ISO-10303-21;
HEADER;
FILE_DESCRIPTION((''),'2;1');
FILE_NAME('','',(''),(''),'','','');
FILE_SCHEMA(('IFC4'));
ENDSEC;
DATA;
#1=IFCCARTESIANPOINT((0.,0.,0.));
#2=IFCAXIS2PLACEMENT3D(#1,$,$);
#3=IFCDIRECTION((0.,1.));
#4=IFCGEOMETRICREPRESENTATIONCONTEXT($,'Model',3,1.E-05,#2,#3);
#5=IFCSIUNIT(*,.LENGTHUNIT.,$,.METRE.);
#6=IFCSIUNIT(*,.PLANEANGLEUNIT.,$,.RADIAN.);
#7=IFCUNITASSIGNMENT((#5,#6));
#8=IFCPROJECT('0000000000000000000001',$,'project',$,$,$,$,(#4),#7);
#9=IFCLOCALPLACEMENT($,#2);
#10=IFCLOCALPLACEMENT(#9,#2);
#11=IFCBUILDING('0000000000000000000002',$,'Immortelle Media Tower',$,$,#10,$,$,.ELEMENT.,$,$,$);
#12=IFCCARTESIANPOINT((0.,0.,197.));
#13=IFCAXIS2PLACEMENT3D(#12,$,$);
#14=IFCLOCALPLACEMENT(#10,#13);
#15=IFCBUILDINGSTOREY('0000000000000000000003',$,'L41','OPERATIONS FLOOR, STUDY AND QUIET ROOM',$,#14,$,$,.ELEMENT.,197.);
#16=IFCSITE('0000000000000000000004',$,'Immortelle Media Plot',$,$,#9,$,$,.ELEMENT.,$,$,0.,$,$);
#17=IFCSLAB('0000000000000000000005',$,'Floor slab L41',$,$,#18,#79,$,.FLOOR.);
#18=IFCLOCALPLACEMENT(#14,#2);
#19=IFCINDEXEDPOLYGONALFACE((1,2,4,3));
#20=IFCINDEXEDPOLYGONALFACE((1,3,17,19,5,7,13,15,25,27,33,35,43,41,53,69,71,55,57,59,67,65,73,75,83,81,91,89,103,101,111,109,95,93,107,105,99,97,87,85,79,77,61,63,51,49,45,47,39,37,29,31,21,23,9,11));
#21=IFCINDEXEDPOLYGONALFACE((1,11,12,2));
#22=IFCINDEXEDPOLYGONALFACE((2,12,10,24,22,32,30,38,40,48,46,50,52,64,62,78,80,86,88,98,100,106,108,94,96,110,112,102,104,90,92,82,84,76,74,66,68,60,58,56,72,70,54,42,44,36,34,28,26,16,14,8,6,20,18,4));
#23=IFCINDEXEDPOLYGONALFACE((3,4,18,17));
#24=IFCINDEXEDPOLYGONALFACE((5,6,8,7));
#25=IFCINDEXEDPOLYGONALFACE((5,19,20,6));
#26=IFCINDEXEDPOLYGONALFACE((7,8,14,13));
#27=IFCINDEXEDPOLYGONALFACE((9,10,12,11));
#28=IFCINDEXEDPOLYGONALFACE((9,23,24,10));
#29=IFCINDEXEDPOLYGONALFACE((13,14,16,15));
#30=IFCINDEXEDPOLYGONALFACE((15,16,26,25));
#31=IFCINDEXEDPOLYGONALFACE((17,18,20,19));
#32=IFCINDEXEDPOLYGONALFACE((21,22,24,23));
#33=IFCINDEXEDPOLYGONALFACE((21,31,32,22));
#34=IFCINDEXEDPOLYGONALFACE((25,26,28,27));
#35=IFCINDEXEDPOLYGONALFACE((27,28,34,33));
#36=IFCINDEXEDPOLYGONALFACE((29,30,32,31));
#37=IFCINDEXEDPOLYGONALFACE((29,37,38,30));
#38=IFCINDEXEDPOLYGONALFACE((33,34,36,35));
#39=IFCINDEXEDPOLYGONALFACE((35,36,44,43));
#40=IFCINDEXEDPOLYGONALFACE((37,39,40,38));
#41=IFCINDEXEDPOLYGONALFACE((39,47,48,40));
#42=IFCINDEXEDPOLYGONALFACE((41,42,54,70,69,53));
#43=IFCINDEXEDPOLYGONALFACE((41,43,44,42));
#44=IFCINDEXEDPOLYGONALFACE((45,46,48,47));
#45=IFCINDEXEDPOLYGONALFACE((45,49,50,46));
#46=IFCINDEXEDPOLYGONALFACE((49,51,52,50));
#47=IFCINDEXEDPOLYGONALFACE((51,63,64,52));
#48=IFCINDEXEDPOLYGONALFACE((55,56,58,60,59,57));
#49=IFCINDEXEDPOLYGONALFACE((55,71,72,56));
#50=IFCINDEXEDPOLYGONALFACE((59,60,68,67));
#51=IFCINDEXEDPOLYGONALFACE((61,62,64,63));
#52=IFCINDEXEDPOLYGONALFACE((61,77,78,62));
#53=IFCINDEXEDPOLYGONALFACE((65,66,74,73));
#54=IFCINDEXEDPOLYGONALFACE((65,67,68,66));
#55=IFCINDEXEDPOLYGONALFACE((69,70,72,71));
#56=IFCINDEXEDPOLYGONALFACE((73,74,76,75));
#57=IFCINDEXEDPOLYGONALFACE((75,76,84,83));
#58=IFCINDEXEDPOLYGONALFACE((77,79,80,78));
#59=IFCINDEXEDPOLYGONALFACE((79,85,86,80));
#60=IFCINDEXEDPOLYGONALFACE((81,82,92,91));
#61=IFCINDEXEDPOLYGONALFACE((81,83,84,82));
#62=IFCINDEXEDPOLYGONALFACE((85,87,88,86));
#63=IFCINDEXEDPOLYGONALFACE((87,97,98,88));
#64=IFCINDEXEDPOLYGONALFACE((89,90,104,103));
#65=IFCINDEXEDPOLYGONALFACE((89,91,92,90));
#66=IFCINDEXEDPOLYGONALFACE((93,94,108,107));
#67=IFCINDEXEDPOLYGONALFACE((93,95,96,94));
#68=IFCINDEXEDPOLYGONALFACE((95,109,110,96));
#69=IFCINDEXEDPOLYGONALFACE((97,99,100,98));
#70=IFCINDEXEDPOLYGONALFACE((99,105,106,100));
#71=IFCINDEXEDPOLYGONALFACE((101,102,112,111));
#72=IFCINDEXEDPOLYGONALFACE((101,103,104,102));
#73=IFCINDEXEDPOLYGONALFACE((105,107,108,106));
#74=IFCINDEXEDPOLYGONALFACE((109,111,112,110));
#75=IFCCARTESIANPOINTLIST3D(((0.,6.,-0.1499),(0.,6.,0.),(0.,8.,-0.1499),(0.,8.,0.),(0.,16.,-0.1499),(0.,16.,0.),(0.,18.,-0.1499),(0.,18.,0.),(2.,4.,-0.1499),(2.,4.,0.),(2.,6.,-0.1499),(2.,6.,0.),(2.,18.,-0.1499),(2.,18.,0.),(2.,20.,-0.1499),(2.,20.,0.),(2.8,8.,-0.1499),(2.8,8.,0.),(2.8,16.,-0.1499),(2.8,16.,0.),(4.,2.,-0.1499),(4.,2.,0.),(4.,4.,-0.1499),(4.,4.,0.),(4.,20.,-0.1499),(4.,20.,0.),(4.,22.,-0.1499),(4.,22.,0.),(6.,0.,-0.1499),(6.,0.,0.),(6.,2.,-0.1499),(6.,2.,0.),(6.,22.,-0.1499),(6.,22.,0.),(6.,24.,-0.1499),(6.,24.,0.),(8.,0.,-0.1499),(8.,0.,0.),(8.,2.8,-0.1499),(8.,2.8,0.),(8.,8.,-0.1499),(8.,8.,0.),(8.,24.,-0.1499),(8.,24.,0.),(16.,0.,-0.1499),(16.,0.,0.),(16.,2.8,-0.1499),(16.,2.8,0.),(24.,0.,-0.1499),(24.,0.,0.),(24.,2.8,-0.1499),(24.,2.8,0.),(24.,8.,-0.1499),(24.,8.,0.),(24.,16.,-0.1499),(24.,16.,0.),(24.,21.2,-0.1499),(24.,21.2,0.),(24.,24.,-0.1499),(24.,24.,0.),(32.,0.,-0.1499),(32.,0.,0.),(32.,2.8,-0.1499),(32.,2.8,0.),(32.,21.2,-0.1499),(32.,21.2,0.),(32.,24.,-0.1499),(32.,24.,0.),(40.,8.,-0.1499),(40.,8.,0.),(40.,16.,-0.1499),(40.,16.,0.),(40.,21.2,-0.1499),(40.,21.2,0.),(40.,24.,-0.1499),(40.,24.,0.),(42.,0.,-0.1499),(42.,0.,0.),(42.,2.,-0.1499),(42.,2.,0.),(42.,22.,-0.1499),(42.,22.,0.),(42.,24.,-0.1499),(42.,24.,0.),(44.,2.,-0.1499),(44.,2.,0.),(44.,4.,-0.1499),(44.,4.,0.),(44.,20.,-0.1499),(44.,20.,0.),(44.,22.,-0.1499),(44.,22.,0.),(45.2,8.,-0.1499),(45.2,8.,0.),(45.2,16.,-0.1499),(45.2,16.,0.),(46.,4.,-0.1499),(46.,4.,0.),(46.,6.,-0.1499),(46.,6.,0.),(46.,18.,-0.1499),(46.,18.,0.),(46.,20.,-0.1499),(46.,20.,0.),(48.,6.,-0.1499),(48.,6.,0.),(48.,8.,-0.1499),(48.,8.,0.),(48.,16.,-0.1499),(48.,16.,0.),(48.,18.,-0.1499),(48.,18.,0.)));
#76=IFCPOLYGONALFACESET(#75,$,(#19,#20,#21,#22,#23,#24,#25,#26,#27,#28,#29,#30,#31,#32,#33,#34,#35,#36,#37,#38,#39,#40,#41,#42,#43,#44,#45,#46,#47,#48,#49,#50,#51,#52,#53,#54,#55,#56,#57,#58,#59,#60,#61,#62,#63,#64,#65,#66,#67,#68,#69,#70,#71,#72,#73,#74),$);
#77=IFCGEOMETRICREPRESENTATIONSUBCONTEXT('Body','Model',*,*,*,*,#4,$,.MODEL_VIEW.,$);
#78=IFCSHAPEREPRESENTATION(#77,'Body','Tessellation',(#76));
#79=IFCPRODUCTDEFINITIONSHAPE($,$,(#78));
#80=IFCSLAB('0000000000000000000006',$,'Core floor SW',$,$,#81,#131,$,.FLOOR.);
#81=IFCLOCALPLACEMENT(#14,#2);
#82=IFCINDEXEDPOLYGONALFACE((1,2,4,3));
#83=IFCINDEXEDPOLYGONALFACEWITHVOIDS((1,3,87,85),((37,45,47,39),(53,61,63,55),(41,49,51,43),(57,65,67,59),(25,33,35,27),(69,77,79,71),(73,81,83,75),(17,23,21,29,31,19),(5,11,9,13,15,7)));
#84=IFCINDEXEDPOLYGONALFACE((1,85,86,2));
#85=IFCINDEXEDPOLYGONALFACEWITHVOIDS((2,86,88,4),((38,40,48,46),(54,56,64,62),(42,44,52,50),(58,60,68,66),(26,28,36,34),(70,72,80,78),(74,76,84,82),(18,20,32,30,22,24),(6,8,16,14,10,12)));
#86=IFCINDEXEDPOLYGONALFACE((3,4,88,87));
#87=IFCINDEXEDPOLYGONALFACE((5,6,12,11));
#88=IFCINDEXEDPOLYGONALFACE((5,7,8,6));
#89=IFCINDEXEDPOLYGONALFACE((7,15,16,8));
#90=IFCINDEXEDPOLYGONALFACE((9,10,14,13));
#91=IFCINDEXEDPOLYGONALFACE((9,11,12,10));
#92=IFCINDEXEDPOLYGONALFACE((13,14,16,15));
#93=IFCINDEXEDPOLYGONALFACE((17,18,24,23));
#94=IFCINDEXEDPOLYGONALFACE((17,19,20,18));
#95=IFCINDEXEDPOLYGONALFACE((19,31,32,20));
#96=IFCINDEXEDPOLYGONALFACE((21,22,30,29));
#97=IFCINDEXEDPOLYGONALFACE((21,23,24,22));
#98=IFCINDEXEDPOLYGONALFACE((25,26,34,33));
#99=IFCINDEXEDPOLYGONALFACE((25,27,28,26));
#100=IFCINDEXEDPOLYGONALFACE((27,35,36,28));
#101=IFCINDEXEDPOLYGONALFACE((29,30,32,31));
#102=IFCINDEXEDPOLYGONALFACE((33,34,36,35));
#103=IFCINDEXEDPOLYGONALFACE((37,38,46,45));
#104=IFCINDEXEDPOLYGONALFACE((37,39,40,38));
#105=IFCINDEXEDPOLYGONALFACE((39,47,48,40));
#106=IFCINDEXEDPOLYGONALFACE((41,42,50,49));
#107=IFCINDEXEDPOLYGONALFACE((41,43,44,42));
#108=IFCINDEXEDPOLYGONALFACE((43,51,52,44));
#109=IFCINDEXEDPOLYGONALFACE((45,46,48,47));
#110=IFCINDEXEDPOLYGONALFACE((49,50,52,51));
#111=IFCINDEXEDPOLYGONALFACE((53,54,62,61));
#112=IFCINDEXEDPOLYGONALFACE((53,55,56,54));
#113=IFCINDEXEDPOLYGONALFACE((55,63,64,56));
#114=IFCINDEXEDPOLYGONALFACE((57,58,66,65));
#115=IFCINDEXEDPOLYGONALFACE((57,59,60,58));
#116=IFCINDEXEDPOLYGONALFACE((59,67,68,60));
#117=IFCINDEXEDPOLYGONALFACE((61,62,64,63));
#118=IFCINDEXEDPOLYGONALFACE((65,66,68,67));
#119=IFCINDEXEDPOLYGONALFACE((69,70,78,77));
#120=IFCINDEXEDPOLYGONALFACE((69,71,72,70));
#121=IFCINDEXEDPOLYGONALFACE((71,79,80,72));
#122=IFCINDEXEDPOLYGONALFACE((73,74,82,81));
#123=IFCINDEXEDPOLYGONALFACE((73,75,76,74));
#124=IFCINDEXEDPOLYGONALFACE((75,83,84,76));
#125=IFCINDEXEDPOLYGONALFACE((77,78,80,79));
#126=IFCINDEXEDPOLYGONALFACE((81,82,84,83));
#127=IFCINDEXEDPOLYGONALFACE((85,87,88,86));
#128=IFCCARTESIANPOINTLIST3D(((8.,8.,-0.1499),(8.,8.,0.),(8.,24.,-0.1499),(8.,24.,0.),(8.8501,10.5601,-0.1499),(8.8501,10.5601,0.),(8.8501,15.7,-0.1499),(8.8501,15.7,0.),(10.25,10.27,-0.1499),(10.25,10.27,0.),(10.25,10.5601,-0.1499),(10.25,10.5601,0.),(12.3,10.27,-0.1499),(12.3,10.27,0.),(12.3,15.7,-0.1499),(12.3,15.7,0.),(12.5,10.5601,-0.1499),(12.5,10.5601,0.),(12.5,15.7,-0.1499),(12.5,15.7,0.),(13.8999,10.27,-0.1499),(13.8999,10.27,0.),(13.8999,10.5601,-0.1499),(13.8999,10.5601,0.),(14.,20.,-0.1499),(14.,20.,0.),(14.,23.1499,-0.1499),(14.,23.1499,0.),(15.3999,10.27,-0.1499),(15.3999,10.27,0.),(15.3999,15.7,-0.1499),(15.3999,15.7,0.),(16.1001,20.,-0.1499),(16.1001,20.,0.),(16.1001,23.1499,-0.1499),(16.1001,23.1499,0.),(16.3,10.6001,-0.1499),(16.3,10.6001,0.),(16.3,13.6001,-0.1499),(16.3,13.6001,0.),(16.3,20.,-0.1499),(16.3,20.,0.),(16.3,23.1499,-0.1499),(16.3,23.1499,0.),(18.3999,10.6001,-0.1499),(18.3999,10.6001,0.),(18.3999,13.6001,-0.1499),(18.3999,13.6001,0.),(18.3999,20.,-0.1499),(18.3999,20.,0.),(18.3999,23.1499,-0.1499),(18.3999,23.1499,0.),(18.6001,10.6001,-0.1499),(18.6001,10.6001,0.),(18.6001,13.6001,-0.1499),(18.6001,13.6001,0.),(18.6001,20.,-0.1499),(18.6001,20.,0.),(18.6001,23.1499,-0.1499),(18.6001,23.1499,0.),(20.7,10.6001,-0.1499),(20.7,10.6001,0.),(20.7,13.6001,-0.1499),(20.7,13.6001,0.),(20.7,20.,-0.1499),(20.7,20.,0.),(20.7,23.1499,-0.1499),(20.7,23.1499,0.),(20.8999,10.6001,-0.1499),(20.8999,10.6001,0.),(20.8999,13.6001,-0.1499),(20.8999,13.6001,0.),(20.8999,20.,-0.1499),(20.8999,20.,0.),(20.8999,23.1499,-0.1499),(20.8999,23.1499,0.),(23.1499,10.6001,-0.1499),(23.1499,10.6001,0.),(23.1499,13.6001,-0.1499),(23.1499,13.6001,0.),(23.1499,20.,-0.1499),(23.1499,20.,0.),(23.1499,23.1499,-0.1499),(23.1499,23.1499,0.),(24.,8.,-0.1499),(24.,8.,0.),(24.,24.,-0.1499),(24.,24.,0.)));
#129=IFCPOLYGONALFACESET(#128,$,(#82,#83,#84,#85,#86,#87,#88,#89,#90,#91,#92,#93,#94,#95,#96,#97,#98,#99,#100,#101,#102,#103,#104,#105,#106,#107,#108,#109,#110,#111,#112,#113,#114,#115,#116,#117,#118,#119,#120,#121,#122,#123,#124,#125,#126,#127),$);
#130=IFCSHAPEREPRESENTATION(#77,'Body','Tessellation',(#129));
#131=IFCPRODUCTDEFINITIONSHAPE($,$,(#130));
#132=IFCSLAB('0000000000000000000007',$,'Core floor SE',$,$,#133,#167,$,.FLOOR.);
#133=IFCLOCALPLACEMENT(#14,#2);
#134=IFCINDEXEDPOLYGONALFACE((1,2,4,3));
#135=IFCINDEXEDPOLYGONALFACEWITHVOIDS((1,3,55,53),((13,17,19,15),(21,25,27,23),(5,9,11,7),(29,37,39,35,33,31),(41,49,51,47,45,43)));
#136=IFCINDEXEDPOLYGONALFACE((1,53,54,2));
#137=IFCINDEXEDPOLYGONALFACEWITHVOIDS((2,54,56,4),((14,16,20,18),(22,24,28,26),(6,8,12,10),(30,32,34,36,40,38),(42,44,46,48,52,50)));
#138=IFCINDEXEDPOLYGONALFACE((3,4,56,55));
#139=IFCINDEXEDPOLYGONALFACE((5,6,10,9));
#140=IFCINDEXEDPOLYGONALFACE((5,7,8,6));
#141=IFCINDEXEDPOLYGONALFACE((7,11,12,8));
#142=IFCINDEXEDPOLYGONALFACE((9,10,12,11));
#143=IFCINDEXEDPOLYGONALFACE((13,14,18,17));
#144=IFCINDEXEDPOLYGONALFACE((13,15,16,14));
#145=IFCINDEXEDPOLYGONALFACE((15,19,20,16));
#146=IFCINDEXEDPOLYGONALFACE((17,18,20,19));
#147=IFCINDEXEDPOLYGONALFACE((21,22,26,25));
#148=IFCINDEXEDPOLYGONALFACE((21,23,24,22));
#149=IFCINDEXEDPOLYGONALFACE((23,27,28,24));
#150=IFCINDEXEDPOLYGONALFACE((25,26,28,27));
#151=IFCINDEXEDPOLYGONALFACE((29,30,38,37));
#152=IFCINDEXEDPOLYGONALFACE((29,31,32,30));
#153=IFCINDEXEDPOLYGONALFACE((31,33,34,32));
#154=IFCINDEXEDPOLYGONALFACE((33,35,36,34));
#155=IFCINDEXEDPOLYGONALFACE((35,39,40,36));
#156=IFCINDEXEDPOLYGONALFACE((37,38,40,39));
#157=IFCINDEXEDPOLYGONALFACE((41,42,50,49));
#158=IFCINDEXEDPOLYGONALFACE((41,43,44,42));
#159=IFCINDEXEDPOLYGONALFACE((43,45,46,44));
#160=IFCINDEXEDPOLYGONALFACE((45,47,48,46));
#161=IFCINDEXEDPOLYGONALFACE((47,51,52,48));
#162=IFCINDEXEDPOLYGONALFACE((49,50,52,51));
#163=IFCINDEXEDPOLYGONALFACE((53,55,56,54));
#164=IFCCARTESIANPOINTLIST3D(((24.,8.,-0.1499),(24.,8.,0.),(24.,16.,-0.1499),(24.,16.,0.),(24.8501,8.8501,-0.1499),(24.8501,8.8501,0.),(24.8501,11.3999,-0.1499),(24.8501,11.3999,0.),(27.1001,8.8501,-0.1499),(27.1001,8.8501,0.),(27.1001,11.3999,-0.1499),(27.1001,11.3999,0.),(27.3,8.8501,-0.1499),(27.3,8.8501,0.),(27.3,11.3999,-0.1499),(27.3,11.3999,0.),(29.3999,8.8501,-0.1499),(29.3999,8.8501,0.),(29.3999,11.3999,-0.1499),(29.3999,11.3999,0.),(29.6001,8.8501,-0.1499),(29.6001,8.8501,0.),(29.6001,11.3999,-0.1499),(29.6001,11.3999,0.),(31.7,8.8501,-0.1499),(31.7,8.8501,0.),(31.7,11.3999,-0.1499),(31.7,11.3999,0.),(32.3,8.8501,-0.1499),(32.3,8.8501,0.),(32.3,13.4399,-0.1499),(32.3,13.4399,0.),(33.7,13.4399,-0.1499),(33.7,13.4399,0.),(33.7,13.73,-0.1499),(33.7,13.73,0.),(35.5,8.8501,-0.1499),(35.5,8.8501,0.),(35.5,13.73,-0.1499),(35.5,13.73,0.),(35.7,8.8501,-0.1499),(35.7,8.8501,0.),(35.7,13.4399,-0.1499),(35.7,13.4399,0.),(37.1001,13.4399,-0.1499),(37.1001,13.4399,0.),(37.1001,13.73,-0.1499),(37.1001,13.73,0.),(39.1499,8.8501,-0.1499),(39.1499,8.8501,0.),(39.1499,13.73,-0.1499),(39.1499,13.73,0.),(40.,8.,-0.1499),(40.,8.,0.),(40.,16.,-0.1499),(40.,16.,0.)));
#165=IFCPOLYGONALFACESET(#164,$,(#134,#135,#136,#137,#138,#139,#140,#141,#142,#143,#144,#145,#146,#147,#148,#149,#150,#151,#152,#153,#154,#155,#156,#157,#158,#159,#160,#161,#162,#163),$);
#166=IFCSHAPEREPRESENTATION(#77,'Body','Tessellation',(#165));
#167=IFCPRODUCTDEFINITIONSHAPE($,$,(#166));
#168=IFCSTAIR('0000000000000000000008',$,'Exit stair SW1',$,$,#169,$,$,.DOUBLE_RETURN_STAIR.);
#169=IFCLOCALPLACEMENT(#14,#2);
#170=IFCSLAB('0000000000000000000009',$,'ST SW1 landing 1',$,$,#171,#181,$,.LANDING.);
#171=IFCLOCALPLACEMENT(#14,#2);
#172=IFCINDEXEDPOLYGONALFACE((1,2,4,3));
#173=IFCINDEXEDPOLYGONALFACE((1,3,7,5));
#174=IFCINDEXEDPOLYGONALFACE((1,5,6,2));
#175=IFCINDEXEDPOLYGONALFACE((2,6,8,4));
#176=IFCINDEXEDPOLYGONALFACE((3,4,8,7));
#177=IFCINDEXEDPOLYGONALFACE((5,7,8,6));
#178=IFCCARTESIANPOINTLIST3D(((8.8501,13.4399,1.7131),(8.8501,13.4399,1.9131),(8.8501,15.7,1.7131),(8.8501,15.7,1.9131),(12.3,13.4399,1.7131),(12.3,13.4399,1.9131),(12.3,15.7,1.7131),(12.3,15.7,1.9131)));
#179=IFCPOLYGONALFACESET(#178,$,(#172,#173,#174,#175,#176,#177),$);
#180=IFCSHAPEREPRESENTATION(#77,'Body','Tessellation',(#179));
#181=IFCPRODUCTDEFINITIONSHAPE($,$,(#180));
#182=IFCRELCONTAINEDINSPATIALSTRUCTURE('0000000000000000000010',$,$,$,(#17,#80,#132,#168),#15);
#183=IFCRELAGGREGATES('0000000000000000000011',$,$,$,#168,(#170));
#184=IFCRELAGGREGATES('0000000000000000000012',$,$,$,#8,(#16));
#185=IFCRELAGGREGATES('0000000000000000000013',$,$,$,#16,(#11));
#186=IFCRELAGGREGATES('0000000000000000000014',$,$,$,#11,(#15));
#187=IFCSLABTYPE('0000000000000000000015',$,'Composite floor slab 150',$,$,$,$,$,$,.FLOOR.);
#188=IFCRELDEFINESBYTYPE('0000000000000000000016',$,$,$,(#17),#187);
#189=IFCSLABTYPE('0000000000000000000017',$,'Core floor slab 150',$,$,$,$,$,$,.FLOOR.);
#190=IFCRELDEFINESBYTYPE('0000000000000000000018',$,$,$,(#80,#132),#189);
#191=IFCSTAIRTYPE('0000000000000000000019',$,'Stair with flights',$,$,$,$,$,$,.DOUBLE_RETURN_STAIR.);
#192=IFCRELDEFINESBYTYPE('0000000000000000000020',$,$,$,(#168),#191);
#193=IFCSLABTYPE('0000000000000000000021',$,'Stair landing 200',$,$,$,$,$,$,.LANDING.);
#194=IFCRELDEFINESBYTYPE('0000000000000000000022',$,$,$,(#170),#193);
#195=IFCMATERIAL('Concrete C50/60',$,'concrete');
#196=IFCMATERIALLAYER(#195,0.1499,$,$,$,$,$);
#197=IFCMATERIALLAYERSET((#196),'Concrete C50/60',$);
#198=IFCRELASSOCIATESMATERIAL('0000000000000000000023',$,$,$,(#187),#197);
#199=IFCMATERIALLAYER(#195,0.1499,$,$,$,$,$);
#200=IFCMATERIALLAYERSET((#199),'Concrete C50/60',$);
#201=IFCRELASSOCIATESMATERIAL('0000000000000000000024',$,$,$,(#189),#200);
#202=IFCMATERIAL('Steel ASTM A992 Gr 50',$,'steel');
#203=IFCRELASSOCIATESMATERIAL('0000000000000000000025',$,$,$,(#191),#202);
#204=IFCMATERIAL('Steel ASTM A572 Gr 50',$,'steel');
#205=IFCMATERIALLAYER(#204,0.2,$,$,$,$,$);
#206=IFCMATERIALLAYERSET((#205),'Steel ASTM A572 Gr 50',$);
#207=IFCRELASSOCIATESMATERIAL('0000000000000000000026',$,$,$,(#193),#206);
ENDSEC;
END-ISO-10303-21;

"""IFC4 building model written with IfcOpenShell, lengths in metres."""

from ifc_helpers import new_model, si_unit, direction, frame, origin, place, context, subcontext, project, spatial, polyline, outline, extrude, material, layer, layer_set, type_object, element, aggregate, save


model = new_model("IFC4")

# Units and contexts
model_context = context("Model", 3, precision=1e-05, world=origin(), true_north=direction((0.0, 1.0)))
body_context = subcontext(model_context, "Body", "Model", "MODEL_VIEW")
ifc_project = project(units=[si_unit("LENGTHUNIT", "METRE"), si_unit("PLANEANGLEUNIT", "RADIAN")], contexts=[model_context])

# Site, building, storey
site_placement = place(None, origin())
site = spatial("IfcSite", under=ifc_project, at=site_placement, Name="Immortelle Media Plot", CompositionType="ELEMENT", RefElevation=0.0)
building_placement = place(site_placement, origin())
building = spatial("IfcBuilding", under=site, at=building_placement, Name="Immortelle Media Tower", CompositionType="ELEMENT")
storey_placement = place(building_placement, frame((0.0, 0.0, 197.0)))
storey = spatial("IfcBuildingStorey", under=building, at=storey_placement, Name="L41", Description="OPERATIONS FLOOR, STUDY AND QUIET ROOM", CompositionType="ELEMENT", Elevation=197.0)

# Shared definitions
ifc_material_1 = material(Name="Steel ASTM A992 Gr 50", Category="steel")

# Slabs
ifc_material_2 = material(Name="Concrete C50/60", Category="concrete")
ifc_layer_1 = layer(ifc_material_2, 0.1499)
ifc_layer_set_1 = layer_set([ifc_layer_1], Name="Concrete C50/60")
slab_type_1 = type_object("IfcSlabType", Name="Composite floor slab 150", PredefinedType="FLOOR", material=ifc_layer_set_1)
slab_1_placement = place(storey_placement, frame((0.0, 0.0, -0.1499)))
element("IfcSlab", 1, at=slab_1_placement, inside=storey, type_object=slab_type_1, Name="Floor slab L41", PredefinedType="FLOOR", context=body_context, shape_type="SweptSolid", body=[
    extrude(outline(polyline([(6.0, 0.0), (6.0, 2.0), (4.0, 2.0), (4.0, 4.0), (2.0, 4.0), (2.0, 6.0), (0.0, 6.0), (0.0, 8.0), (2.8, 8.0), (2.8, 16.0), (0.0, 16.0), (0.0, 18.0), (2.0, 18.0), (2.0, 20.0), (4.0, 20.0), (4.0, 22.0), (6.0, 22.0), (6.0, 24.0), (8.0, 24.0), (8.0, 8.0), (24.0, 8.0), (40.0, 8.0), (40.0, 16.0), (24.0, 16.0), (24.0, 21.2), (24.0, 24.0), (32.0, 24.0), (32.0, 21.2), (40.0, 21.2), (40.0, 24.0), (42.0, 24.0), (42.0, 22.0), (44.0, 22.0), (44.0, 20.0), (46.0, 20.0), (46.0, 18.0), (48.0, 18.0), (48.0, 16.0), (45.2, 16.0), (45.2, 8.0), (48.0, 8.0), (48.0, 6.0), (46.0, 6.0), (46.0, 4.0), (44.0, 4.0), (44.0, 2.0), (42.0, 2.0), (42.0, 0.0), (32.0, 0.0), (32.0, 2.8), (24.0, 2.8), (24.0, 0.0), (16.0, 0.0), (16.0, 2.8), (8.0, 2.8), (8.0, 0.0), (6.0, 0.0)])), origin(), (0.0, 0.0, 1.0), 0.1499),
])
ifc_layer_2 = layer(ifc_material_2, 0.1499)
ifc_layer_set_2 = layer_set([ifc_layer_2], Name="Concrete C50/60")
slab_type_2 = type_object("IfcSlabType", Name="Core floor slab 150", PredefinedType="FLOOR", material=ifc_layer_set_2)
slab_2_placement = place(storey_placement, frame((0.0, 0.0, -0.1499)))
element("IfcSlab", 2, at=slab_2_placement, inside=storey, type_object=slab_type_2, Name="Core floor SW", PredefinedType="FLOOR", context=body_context, shape_type="SweptSolid", body=[
    extrude(outline(polyline([(8.0, 8.0), (24.0, 8.0), (24.0, 24.0), (8.0, 24.0), (8.0, 8.0)]), holes=[polyline([(14.0, 20.0), (16.1001, 20.0), (16.1001, 23.1499), (14.0, 23.1499), (14.0, 20.0)]), polyline([(16.3, 20.0), (18.3999, 20.0), (18.3999, 23.1499), (16.3, 23.1499), (16.3, 20.0)]), polyline([(18.6001, 20.0), (20.7, 20.0), (20.7, 23.1499), (18.6001, 23.1499), (18.6001, 20.0)]), polyline([(20.8999, 20.0), (23.1499, 20.0), (23.1499, 23.1499), (20.8999, 23.1499), (20.8999, 20.0)]), polyline([(16.3, 10.6001), (18.3999, 10.6001), (18.3999, 13.6001), (16.3, 13.6001), (16.3, 10.6001)]), polyline([(18.6001, 10.6001), (20.7, 10.6001), (20.7, 13.6001), (18.6001, 13.6001), (18.6001, 10.6001)]), polyline([(20.8999, 10.6001), (23.1499, 10.6001), (23.1499, 13.6001), (20.8999, 13.6001), (20.8999, 10.6001)]), polyline([(8.8501, 15.7), (12.3, 15.7), (12.3, 10.27), (10.25, 10.27), (10.25, 10.5601), (8.8501, 10.5601), (8.8501, 15.7)]), polyline([(12.5, 15.7), (15.3999, 15.7), (15.3999, 10.27), (13.8999, 10.27), (13.8999, 10.5601), (12.5, 10.5601), (12.5, 15.7)])]), origin(), (0.0, 0.0, 1.0), 0.1499),
])
slab_3_placement = place(storey_placement, frame((0.0, 0.0, -0.1499)))
element("IfcSlab", 3, at=slab_3_placement, inside=storey, type_object=slab_type_2, Name="Core floor SE", PredefinedType="FLOOR", context=body_context, shape_type="SweptSolid", body=[
    extrude(outline(polyline([(24.0, 8.0), (40.0, 8.0), (40.0, 16.0), (24.0, 16.0), (24.0, 8.0)]), holes=[polyline([(24.8501, 8.8501), (27.1001, 8.8501), (27.1001, 11.3999), (24.8501, 11.3999), (24.8501, 8.8501)]), polyline([(27.3, 8.8501), (29.3999, 8.8501), (29.3999, 11.3999), (27.3, 11.3999), (27.3, 8.8501)]), polyline([(29.6001, 8.8501), (31.7, 8.8501), (31.7, 11.3999), (29.6001, 11.3999), (29.6001, 8.8501)]), polyline([(35.5, 13.73), (35.5, 8.8501), (32.3, 8.8501), (32.3, 13.4399), (33.7, 13.4399), (33.7, 13.73), (35.5, 13.73)]), polyline([(39.1499, 13.73), (39.1499, 8.8501), (35.7, 8.8501), (35.7, 13.4399), (37.1001, 13.4399), (37.1001, 13.73), (39.1499, 13.73)])]), origin(), (0.0, 0.0, 1.0), 0.1499),
])

# Stair, slab
stair_type = type_object("IfcStairType", Name="Stair with flights", PredefinedType="DOUBLE_RETURN_STAIR", material=ifc_material_1)
stair_1_placement = place(storey_placement, origin())
stair_1 = element("IfcStair", 4, at=stair_1_placement, inside=storey, type_object=stair_type, Name="Exit stair SW1", PredefinedType="DOUBLE_RETURN_STAIR")
ifc_material_3 = material(Name="Steel ASTM A572 Gr 50", Category="steel")
ifc_layer_3 = layer(ifc_material_3, 0.2)
ifc_layer_set_3 = layer_set([ifc_layer_3], Name="Steel ASTM A572 Gr 50")
slab_type_3 = type_object("IfcSlabType", Name="Stair landing 200", PredefinedType="LANDING", material=ifc_layer_set_3)
slab_4_placement = place(storey_placement, frame((0.0, 0.0, 1.7131)))
slab_4 = element("IfcSlab", 5, at=slab_4_placement, type_object=slab_type_3, Name="ST SW1 landing 1", PredefinedType="LANDING", context=body_context, shape_type="SweptSolid", body=[
    extrude(outline(polyline([(8.8501, 13.4399), (12.3, 13.4399), (12.3, 15.7), (8.8501, 15.7), (8.8501, 13.4399)])), origin(), (0.0, 0.0, 1.0), 0.2),
])
aggregate(stair_1, [slab_4])

save(model, "model.ifc")
